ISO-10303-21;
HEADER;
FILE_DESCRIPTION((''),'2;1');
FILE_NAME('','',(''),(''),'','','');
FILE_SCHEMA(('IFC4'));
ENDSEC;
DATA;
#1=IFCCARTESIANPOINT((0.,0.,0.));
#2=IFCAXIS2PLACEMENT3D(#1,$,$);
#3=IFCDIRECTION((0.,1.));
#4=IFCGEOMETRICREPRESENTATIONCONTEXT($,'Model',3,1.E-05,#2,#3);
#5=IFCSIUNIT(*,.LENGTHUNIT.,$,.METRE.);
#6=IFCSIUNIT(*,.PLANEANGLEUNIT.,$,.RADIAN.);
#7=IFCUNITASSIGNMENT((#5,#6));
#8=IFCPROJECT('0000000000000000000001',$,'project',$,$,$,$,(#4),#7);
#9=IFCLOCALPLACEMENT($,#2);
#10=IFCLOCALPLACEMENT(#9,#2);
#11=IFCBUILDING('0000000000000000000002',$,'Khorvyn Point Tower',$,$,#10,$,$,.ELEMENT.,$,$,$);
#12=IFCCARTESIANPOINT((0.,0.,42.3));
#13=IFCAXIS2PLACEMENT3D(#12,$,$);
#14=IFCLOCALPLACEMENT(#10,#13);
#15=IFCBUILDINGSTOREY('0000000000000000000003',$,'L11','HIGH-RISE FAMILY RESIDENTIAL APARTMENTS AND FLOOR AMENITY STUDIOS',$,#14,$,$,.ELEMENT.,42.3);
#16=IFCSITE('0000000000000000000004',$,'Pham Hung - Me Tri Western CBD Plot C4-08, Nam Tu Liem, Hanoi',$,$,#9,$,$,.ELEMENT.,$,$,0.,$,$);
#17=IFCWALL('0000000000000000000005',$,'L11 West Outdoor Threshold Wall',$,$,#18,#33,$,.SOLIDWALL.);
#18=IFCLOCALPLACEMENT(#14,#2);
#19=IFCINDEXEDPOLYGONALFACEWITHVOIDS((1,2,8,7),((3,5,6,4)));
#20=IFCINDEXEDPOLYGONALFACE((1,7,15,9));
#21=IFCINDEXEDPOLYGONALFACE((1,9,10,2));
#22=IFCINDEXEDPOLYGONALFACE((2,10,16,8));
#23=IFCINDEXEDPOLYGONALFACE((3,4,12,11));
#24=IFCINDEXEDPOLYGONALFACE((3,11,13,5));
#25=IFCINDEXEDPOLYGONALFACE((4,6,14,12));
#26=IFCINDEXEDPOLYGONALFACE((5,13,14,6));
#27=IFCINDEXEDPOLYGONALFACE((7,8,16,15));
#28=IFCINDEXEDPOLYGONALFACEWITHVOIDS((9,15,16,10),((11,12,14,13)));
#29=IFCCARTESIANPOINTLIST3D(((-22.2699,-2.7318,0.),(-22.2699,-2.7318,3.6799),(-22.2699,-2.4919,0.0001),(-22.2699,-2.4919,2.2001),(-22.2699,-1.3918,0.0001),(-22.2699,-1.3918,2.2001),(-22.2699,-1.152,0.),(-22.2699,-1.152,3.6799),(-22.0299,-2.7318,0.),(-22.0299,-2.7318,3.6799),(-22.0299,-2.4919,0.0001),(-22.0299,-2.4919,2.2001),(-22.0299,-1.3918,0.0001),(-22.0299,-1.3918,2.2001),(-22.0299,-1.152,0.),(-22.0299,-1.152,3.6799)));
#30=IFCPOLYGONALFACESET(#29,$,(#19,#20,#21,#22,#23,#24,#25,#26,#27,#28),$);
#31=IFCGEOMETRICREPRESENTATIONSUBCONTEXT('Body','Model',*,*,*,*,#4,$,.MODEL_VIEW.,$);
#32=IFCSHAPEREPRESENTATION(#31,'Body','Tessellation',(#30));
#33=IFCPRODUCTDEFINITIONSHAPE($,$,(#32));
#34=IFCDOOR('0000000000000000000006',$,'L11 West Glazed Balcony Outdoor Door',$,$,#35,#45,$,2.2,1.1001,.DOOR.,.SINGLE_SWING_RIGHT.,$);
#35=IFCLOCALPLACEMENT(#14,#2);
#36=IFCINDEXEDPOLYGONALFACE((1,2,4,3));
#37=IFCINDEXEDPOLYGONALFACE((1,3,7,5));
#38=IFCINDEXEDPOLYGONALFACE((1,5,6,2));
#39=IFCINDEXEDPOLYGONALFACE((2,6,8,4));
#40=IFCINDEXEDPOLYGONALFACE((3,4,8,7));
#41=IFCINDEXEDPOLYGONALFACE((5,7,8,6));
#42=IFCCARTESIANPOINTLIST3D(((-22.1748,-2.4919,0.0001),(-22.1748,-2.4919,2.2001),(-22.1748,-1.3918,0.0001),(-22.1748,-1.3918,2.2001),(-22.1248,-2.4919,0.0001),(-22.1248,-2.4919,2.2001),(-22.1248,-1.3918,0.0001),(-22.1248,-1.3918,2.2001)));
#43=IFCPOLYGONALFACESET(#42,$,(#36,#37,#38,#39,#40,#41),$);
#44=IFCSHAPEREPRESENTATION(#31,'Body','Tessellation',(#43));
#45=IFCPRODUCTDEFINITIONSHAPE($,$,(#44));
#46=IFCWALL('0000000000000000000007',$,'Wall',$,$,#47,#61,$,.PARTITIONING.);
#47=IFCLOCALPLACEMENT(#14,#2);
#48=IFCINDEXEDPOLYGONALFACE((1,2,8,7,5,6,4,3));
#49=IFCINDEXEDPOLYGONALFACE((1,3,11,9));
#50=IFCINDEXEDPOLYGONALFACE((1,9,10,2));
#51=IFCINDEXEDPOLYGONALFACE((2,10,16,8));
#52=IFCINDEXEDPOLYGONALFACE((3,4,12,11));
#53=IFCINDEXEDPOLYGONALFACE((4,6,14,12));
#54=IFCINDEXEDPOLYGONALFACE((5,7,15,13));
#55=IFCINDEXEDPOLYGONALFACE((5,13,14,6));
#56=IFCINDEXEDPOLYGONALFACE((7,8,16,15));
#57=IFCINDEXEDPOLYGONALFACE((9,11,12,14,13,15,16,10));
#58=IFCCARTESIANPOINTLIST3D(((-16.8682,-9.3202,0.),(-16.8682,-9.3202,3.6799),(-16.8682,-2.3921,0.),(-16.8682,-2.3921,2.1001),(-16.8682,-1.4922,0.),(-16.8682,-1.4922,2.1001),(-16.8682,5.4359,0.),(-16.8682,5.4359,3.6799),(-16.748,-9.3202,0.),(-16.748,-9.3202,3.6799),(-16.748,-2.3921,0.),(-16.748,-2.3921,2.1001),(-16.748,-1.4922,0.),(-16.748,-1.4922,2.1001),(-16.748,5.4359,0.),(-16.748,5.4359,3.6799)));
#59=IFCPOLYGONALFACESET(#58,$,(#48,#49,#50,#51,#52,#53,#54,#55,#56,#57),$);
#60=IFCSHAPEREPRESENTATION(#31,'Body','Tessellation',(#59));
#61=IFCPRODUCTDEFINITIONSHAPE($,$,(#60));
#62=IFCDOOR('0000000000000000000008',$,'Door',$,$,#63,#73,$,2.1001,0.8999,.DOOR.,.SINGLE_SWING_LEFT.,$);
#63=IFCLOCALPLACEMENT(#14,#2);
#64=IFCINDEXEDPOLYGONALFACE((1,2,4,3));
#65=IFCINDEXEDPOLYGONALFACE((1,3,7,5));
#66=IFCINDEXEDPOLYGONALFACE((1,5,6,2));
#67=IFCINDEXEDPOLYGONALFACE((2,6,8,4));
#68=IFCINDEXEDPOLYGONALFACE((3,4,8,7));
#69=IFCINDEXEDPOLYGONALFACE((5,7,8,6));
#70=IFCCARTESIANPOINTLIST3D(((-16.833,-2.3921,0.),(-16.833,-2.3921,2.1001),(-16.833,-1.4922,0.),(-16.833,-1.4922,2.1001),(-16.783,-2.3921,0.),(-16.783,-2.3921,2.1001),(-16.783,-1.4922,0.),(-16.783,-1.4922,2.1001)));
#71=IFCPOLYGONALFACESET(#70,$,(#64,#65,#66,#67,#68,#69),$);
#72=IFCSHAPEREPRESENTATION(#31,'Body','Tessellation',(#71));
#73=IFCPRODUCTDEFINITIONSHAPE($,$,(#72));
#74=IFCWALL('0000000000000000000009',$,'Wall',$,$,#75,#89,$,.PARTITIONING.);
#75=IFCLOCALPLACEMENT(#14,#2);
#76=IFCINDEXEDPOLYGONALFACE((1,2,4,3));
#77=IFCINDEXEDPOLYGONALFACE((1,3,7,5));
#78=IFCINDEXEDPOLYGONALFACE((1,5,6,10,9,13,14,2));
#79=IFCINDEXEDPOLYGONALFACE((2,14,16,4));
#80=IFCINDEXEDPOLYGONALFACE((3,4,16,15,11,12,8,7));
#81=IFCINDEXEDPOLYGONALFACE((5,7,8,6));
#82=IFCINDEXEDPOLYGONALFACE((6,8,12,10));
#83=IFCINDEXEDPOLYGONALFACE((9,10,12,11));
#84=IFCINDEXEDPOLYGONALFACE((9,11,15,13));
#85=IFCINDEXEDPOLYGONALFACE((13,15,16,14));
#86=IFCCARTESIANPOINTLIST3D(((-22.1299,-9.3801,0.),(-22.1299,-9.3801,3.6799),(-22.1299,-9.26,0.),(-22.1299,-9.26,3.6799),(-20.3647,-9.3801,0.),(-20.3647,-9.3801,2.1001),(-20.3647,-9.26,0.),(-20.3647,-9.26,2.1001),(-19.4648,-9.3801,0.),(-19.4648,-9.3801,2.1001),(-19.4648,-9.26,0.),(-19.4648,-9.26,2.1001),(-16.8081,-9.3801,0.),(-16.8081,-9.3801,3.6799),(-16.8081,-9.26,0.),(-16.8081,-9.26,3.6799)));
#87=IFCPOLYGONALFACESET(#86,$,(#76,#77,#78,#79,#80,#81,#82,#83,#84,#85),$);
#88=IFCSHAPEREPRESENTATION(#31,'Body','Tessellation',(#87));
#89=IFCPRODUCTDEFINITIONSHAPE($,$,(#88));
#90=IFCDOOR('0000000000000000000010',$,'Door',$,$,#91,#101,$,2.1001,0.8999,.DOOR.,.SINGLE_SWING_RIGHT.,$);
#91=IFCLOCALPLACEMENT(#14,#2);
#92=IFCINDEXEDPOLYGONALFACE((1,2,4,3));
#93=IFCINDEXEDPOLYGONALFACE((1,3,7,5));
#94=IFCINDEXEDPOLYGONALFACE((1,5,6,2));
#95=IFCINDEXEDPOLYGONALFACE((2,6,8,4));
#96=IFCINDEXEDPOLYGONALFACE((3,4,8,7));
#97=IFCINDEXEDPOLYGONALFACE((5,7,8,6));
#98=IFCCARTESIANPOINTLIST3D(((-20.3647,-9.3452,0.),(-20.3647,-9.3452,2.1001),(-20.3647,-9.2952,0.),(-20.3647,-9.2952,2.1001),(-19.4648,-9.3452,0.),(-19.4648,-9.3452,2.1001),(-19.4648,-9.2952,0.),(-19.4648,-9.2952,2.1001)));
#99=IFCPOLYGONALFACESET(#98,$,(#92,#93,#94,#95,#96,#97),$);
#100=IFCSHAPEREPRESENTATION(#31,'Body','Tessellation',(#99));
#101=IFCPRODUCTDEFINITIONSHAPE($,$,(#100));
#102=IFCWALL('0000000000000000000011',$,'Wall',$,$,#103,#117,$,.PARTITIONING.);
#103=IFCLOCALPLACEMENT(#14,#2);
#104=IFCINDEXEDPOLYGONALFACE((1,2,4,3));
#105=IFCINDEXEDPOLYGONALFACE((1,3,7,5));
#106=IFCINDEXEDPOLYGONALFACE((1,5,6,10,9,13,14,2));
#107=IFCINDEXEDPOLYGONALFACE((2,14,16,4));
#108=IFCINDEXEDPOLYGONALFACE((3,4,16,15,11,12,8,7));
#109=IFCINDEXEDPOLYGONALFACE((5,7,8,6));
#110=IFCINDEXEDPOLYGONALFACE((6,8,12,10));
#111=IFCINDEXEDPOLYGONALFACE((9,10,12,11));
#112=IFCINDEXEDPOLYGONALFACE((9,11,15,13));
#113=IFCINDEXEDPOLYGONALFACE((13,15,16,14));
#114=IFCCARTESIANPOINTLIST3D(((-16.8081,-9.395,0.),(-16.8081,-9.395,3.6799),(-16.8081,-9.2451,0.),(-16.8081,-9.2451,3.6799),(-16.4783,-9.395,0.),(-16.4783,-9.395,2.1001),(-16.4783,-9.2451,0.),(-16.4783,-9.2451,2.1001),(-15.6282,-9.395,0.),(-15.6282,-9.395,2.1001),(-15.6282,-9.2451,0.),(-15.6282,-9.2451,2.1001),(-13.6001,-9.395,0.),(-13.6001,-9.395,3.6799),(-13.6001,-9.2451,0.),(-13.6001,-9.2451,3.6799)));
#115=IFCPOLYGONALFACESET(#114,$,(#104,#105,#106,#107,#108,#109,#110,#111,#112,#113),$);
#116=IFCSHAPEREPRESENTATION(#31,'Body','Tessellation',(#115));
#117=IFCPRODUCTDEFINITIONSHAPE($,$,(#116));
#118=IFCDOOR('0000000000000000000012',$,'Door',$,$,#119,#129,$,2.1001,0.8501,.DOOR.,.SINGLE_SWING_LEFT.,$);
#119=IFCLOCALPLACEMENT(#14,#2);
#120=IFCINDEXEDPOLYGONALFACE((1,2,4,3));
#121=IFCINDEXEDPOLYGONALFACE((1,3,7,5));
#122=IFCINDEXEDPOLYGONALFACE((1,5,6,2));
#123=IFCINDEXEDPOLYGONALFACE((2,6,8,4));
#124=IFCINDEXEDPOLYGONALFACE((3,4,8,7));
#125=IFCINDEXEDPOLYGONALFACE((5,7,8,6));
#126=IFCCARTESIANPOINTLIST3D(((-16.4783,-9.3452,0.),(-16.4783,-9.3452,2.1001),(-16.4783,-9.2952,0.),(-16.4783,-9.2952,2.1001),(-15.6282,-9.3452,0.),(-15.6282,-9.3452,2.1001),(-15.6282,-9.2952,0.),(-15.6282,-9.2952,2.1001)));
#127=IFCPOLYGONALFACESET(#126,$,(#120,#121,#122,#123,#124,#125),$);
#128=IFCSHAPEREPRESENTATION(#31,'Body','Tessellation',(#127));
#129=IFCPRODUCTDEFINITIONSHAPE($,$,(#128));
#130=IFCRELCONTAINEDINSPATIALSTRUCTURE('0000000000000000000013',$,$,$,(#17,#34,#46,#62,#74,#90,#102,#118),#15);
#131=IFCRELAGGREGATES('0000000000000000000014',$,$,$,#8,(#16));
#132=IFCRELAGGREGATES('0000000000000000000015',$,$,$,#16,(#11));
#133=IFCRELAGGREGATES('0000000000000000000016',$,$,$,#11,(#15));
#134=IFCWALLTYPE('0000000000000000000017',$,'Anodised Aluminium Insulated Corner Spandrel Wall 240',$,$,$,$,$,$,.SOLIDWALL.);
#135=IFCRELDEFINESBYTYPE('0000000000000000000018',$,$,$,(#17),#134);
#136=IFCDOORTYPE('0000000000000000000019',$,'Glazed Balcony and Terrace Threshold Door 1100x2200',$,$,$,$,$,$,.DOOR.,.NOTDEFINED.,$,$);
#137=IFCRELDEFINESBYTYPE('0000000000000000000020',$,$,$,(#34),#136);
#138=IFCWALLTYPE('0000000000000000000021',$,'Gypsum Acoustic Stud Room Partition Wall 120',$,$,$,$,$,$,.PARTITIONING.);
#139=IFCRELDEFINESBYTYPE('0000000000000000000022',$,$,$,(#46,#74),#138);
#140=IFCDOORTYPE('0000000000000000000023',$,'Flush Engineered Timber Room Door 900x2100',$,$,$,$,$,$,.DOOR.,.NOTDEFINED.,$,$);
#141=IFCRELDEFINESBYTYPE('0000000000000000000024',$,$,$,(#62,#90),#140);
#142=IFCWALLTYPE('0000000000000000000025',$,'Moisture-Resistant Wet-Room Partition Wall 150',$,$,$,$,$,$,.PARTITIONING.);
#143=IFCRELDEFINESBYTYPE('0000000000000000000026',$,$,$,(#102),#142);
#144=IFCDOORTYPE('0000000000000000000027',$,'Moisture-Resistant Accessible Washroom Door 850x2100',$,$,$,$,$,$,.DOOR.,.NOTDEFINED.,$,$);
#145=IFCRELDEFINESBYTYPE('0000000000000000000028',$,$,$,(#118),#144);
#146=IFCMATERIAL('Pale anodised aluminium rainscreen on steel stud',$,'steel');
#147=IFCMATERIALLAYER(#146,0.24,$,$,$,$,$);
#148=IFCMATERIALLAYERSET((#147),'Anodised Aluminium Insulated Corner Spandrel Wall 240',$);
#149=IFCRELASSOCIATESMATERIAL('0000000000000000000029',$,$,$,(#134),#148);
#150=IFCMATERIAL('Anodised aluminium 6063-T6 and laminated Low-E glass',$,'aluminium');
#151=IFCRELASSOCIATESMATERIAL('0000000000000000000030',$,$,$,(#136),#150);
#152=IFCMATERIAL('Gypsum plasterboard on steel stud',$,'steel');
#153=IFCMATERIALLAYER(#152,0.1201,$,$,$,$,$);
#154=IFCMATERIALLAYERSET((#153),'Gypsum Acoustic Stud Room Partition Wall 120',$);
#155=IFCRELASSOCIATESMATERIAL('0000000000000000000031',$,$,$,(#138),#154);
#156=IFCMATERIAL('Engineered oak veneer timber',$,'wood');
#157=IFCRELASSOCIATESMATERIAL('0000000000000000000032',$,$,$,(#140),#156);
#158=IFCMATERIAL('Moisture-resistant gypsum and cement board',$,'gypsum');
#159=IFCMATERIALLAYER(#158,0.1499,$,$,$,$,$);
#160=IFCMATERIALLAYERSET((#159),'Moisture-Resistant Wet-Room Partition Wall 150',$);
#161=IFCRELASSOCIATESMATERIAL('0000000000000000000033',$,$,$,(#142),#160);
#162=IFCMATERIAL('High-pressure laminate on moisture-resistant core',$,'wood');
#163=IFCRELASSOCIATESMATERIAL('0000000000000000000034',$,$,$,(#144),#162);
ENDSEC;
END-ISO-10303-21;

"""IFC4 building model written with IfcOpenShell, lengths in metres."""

from ifc_helpers import new_model, si_unit, direction, frame, frame_2d, origin, place, context, subcontext, project, spatial, rectangle, extrude, material, layer, layer_set, type_object, element, fill, save


model = new_model("IFC4")

# Units and contexts
model_context = context("Model", 3, precision=1e-05, world=origin(), true_north=direction((0.0, 1.0)))
body_context = subcontext(model_context, "Body", "Model", "MODEL_VIEW")
ifc_project = project(units=[si_unit("LENGTHUNIT", "METRE"), si_unit("PLANEANGLEUNIT", "RADIAN")], contexts=[model_context])

# Site, building, storey
site_placement = place(None, origin())
site = spatial("IfcSite", under=ifc_project, at=site_placement, Name="Pham Hung - Me Tri Western CBD Plot C4-08, Nam Tu Liem, Hanoi", CompositionType="ELEMENT", RefElevation=0.0)
building_placement = place(site_placement, origin())
building = spatial("IfcBuilding", under=site, at=building_placement, Name="Khorvyn Point Tower", CompositionType="ELEMENT")
storey_placement = place(building_placement, frame((0.0, 0.0, 42.3)))
storey = spatial("IfcBuildingStorey", under=building, at=storey_placement, Name="L11", Description="HIGH-RISE FAMILY RESIDENTIAL APARTMENTS AND FLOOR AMENITY STUDIOS", CompositionType="ELEMENT", Elevation=42.3)

# Shared definitions
ifc_material_1 = material(Name="Anodised aluminium 6063-T6 and laminated Low-E glass", Category="aluminium")

# Walls, openings, doors
ifc_material_2 = material(Name="Pale anodised aluminium rainscreen on steel stud", Category="steel")
ifc_layer_1 = layer(ifc_material_2, 0.24)
ifc_layer_set_1 = layer_set([ifc_layer_1], Name="Anodised Aluminium Insulated Corner Spandrel Wall 240")
wall_type_1 = type_object("IfcWallType", Name="Anodised Aluminium Insulated Corner Spandrel Wall 240", PredefinedType="SOLIDWALL", material=ifc_layer_set_1)
wall_1_placement = place(storey_placement, frame((-22.1499, -2.7319, 0.0), z_axis=(0.0, 0.0, 1.0), x_axis=(0.0, 1.0, 0.0)))
wall_1 = element("IfcWall", 1, at=wall_1_placement, inside=storey, type_object=wall_type_1, Name="L11 West Outdoor Threshold Wall", PredefinedType="SOLIDWALL", context=body_context, shape_type="SweptSolid", body=[
    extrude(rectangle(XDim=1.5798, YDim=0.24, at=frame_2d((0.79, 0.0))), origin(), (0.0, 0.0, 1.0), 3.6799),
])
opening_1_placement = place(wall_1_placement, frame((0.24, 0.0, 0.0)))
opening_1 = element("IfcOpeningElement", 2, at=opening_1_placement, cuts=wall_1, PredefinedType="OPENING", context=body_context, shape_type="SweptSolid", body=[
    extrude(rectangle(XDim=1.1001, YDim=2.2, at=frame_2d((0.55, 1.1001))), frame((0.0, 0.1299, 0.0), z_axis=(0.0, -1.0, 0.0), x_axis=(1.0, 0.0, 0.0)), (0.0, 0.0, 1.0), 0.26),
])
door_type_1 = type_object("IfcDoorType", Name="Glazed Balcony and Terrace Threshold Door 1100x2200", OperationType="NOTDEFINED", PredefinedType="DOOR", material=ifc_material_1)
door_1_placement = place(opening_1_placement, origin())
door_1 = element("IfcDoor", 3, at=door_1_placement, inside=storey, type_object=door_type_1, Name="L11 West Glazed Balcony Outdoor Door", OperationType="SINGLE_SWING_RIGHT", OverallHeight=2.2, OverallWidth=1.1001, PredefinedType="DOOR", context=body_context, shape_type="SweptSolid", body=[
    extrude(rectangle(XDim=1.1001, YDim=2.2, at=frame_2d((0.55, 1.1001))), frame((0.0, 0.0249, 0.0), z_axis=(0.0, -1.0, 0.0), x_axis=(1.0, 0.0, 0.0)), (0.0, 0.0, 1.0), 0.05),
])
fill(opening_1, door_1)
ifc_material_3 = material(Name="Gypsum plasterboard on steel stud", Category="steel")
ifc_layer_2 = layer(ifc_material_3, 0.1201)
ifc_layer_set_2 = layer_set([ifc_layer_2], Name="Gypsum Acoustic Stud Room Partition Wall 120")
wall_type_2 = type_object("IfcWallType", Name="Gypsum Acoustic Stud Room Partition Wall 120", PredefinedType="PARTITIONING", material=ifc_layer_set_2)
wall_2_placement = place(storey_placement, frame((-16.8081, -9.3201, 0.0), z_axis=(0.0, 0.0, 1.0), x_axis=(0.0, 1.0, 0.0)))
wall_2 = element("IfcWall", 4, at=wall_2_placement, inside=storey, type_object=wall_type_2, Name="Wall", PredefinedType="PARTITIONING", context=body_context, shape_type="SweptSolid", body=[
    extrude(rectangle(XDim=14.7561, YDim=0.1201, at=frame_2d((7.3779, 0.0))), origin(), (0.0, 0.0, 1.0), 3.6799),
])
opening_2_placement = place(wall_2_placement, frame((6.928, 0.0, 0.0)))
opening_2 = element("IfcOpeningElement", 5, at=opening_2_placement, cuts=wall_2, PredefinedType="OPENING", context=body_context, shape_type="SweptSolid", body=[
    extrude(rectangle(XDim=0.8999, YDim=2.1001, at=frame_2d((0.45, 1.05))), frame((0.0, 0.0701, 0.0), z_axis=(0.0, -1.0, 0.0), x_axis=(1.0, 0.0, 0.0)), (0.0, 0.0, 1.0), 0.1401),
])
ifc_material_4 = material(Name="Engineered oak veneer timber", Category="wood")
door_type_2 = type_object("IfcDoorType", Name="Flush Engineered Timber Room Door 900x2100", OperationType="NOTDEFINED", PredefinedType="DOOR", material=ifc_material_4)
door_2_placement = place(opening_2_placement, origin())
door_2 = element("IfcDoor", 6, at=door_2_placement, inside=storey, type_object=door_type_2, Name="Door", OperationType="SINGLE_SWING_LEFT", OverallHeight=2.1001, OverallWidth=0.8999, PredefinedType="DOOR", context=body_context, shape_type="SweptSolid", body=[
    extrude(rectangle(XDim=0.8999, YDim=2.1001, at=frame_2d((0.45, 1.05))), frame((0.0, 0.0249, 0.0), z_axis=(0.0, -1.0, 0.0), x_axis=(1.0, 0.0, 0.0)), (0.0, 0.0, 1.0), 0.05),
])
fill(opening_2, door_2)
wall_3_placement = place(storey_placement, frame((-22.1299, -9.3201, 0.0), z_axis=(0.0, 0.0, 1.0), x_axis=(1.0, 0.0, 0.0)))
wall_3 = element("IfcWall", 7, at=wall_3_placement, inside=storey, type_object=wall_type_2, Name="Wall", PredefinedType="PARTITIONING", context=body_context, shape_type="SweptSolid", body=[
    extrude(rectangle(XDim=5.3218, YDim=0.1201, at=frame_2d((2.6609, 0.0))), origin(), (0.0, 0.0, 1.0), 3.6799),
])
opening_3_placement = place(wall_3_placement, frame((1.7651, 0.0, 0.0)))
opening_3 = element("IfcOpeningElement", 8, at=opening_3_placement, cuts=wall_3, PredefinedType="OPENING", context=body_context, shape_type="SweptSolid", body=[
    extrude(rectangle(XDim=0.8999, YDim=2.1001, at=frame_2d((0.45, 1.05))), frame((0.0, 0.0701, 0.0), z_axis=(0.0, -1.0, 0.0), x_axis=(1.0, 0.0, 0.0)), (0.0, 0.0, 1.0), 0.1401),
])
door_3_placement = place(opening_3_placement, origin())
door_3 = element("IfcDoor", 9, at=door_3_placement, inside=storey, type_object=door_type_2, Name="Door", OperationType="SINGLE_SWING_RIGHT", OverallHeight=2.1001, OverallWidth=0.8999, PredefinedType="DOOR", context=body_context, shape_type="SweptSolid", body=[
    extrude(rectangle(XDim=0.8999, YDim=2.1001, at=frame_2d((0.45, 1.05))), frame((0.0, 0.0249, 0.0), z_axis=(0.0, -1.0, 0.0), x_axis=(1.0, 0.0, 0.0)), (0.0, 0.0, 1.0), 0.05),
])
fill(opening_3, door_3)
ifc_material_5 = material(Name="Moisture-resistant gypsum and cement board", Category="gypsum")
ifc_layer_3 = layer(ifc_material_5, 0.1499)
ifc_layer_set_3 = layer_set([ifc_layer_3], Name="Moisture-Resistant Wet-Room Partition Wall 150")
wall_type_3 = type_object("IfcWallType", Name="Moisture-Resistant Wet-Room Partition Wall 150", PredefinedType="PARTITIONING", material=ifc_layer_set_3)
wall_4_placement = place(storey_placement, frame((-16.8081, -9.3201, 0.0), z_axis=(0.0, 0.0, 1.0), x_axis=(1.0, 0.0, 0.0)))
wall_4 = element("IfcWall", 10, at=wall_4_placement, inside=storey, type_object=wall_type_3, Name="Wall", PredefinedType="PARTITIONING", context=body_context, shape_type="SweptSolid", body=[
    extrude(rectangle(XDim=3.208, YDim=0.1499, at=frame_2d((1.604, 0.0))), origin(), (0.0, 0.0, 1.0), 3.6799),
])
opening_4_placement = place(wall_4_placement, frame((0.3298, 0.0, 0.0)))
opening_4 = element("IfcOpeningElement", 11, at=opening_4_placement, cuts=wall_4, PredefinedType="OPENING", context=body_context, shape_type="SweptSolid", body=[
    extrude(rectangle(XDim=0.8501, YDim=2.1001, at=frame_2d((0.425, 1.05))), frame((0.0, 0.085, 0.0), z_axis=(0.0, -1.0, 0.0), x_axis=(1.0, 0.0, 0.0)), (0.0, 0.0, 1.0), 0.1699),
])
ifc_material_6 = material(Name="High-pressure laminate on moisture-resistant core", Category="wood")
door_type_3 = type_object("IfcDoorType", Name="Moisture-Resistant Accessible Washroom Door 850x2100", OperationType="NOTDEFINED", PredefinedType="DOOR", material=ifc_material_6)
door_4_placement = place(opening_4_placement, origin())
door_4 = element("IfcDoor", 12, at=door_4_placement, inside=storey, type_object=door_type_3, Name="Door", OperationType="SINGLE_SWING_LEFT", OverallHeight=2.1001, OverallWidth=0.8501, PredefinedType="DOOR", context=body_context, shape_type="SweptSolid", body=[
    extrude(rectangle(XDim=0.8501, YDim=2.1001, at=frame_2d((0.425, 1.05))), frame((0.0, 0.0249, 0.0), z_axis=(0.0, -1.0, 0.0), x_axis=(1.0, 0.0, 0.0)), (0.0, 0.0, 1.0), 0.05),
])
fill(opening_4, door_4)

save(model, "model.ifc")
